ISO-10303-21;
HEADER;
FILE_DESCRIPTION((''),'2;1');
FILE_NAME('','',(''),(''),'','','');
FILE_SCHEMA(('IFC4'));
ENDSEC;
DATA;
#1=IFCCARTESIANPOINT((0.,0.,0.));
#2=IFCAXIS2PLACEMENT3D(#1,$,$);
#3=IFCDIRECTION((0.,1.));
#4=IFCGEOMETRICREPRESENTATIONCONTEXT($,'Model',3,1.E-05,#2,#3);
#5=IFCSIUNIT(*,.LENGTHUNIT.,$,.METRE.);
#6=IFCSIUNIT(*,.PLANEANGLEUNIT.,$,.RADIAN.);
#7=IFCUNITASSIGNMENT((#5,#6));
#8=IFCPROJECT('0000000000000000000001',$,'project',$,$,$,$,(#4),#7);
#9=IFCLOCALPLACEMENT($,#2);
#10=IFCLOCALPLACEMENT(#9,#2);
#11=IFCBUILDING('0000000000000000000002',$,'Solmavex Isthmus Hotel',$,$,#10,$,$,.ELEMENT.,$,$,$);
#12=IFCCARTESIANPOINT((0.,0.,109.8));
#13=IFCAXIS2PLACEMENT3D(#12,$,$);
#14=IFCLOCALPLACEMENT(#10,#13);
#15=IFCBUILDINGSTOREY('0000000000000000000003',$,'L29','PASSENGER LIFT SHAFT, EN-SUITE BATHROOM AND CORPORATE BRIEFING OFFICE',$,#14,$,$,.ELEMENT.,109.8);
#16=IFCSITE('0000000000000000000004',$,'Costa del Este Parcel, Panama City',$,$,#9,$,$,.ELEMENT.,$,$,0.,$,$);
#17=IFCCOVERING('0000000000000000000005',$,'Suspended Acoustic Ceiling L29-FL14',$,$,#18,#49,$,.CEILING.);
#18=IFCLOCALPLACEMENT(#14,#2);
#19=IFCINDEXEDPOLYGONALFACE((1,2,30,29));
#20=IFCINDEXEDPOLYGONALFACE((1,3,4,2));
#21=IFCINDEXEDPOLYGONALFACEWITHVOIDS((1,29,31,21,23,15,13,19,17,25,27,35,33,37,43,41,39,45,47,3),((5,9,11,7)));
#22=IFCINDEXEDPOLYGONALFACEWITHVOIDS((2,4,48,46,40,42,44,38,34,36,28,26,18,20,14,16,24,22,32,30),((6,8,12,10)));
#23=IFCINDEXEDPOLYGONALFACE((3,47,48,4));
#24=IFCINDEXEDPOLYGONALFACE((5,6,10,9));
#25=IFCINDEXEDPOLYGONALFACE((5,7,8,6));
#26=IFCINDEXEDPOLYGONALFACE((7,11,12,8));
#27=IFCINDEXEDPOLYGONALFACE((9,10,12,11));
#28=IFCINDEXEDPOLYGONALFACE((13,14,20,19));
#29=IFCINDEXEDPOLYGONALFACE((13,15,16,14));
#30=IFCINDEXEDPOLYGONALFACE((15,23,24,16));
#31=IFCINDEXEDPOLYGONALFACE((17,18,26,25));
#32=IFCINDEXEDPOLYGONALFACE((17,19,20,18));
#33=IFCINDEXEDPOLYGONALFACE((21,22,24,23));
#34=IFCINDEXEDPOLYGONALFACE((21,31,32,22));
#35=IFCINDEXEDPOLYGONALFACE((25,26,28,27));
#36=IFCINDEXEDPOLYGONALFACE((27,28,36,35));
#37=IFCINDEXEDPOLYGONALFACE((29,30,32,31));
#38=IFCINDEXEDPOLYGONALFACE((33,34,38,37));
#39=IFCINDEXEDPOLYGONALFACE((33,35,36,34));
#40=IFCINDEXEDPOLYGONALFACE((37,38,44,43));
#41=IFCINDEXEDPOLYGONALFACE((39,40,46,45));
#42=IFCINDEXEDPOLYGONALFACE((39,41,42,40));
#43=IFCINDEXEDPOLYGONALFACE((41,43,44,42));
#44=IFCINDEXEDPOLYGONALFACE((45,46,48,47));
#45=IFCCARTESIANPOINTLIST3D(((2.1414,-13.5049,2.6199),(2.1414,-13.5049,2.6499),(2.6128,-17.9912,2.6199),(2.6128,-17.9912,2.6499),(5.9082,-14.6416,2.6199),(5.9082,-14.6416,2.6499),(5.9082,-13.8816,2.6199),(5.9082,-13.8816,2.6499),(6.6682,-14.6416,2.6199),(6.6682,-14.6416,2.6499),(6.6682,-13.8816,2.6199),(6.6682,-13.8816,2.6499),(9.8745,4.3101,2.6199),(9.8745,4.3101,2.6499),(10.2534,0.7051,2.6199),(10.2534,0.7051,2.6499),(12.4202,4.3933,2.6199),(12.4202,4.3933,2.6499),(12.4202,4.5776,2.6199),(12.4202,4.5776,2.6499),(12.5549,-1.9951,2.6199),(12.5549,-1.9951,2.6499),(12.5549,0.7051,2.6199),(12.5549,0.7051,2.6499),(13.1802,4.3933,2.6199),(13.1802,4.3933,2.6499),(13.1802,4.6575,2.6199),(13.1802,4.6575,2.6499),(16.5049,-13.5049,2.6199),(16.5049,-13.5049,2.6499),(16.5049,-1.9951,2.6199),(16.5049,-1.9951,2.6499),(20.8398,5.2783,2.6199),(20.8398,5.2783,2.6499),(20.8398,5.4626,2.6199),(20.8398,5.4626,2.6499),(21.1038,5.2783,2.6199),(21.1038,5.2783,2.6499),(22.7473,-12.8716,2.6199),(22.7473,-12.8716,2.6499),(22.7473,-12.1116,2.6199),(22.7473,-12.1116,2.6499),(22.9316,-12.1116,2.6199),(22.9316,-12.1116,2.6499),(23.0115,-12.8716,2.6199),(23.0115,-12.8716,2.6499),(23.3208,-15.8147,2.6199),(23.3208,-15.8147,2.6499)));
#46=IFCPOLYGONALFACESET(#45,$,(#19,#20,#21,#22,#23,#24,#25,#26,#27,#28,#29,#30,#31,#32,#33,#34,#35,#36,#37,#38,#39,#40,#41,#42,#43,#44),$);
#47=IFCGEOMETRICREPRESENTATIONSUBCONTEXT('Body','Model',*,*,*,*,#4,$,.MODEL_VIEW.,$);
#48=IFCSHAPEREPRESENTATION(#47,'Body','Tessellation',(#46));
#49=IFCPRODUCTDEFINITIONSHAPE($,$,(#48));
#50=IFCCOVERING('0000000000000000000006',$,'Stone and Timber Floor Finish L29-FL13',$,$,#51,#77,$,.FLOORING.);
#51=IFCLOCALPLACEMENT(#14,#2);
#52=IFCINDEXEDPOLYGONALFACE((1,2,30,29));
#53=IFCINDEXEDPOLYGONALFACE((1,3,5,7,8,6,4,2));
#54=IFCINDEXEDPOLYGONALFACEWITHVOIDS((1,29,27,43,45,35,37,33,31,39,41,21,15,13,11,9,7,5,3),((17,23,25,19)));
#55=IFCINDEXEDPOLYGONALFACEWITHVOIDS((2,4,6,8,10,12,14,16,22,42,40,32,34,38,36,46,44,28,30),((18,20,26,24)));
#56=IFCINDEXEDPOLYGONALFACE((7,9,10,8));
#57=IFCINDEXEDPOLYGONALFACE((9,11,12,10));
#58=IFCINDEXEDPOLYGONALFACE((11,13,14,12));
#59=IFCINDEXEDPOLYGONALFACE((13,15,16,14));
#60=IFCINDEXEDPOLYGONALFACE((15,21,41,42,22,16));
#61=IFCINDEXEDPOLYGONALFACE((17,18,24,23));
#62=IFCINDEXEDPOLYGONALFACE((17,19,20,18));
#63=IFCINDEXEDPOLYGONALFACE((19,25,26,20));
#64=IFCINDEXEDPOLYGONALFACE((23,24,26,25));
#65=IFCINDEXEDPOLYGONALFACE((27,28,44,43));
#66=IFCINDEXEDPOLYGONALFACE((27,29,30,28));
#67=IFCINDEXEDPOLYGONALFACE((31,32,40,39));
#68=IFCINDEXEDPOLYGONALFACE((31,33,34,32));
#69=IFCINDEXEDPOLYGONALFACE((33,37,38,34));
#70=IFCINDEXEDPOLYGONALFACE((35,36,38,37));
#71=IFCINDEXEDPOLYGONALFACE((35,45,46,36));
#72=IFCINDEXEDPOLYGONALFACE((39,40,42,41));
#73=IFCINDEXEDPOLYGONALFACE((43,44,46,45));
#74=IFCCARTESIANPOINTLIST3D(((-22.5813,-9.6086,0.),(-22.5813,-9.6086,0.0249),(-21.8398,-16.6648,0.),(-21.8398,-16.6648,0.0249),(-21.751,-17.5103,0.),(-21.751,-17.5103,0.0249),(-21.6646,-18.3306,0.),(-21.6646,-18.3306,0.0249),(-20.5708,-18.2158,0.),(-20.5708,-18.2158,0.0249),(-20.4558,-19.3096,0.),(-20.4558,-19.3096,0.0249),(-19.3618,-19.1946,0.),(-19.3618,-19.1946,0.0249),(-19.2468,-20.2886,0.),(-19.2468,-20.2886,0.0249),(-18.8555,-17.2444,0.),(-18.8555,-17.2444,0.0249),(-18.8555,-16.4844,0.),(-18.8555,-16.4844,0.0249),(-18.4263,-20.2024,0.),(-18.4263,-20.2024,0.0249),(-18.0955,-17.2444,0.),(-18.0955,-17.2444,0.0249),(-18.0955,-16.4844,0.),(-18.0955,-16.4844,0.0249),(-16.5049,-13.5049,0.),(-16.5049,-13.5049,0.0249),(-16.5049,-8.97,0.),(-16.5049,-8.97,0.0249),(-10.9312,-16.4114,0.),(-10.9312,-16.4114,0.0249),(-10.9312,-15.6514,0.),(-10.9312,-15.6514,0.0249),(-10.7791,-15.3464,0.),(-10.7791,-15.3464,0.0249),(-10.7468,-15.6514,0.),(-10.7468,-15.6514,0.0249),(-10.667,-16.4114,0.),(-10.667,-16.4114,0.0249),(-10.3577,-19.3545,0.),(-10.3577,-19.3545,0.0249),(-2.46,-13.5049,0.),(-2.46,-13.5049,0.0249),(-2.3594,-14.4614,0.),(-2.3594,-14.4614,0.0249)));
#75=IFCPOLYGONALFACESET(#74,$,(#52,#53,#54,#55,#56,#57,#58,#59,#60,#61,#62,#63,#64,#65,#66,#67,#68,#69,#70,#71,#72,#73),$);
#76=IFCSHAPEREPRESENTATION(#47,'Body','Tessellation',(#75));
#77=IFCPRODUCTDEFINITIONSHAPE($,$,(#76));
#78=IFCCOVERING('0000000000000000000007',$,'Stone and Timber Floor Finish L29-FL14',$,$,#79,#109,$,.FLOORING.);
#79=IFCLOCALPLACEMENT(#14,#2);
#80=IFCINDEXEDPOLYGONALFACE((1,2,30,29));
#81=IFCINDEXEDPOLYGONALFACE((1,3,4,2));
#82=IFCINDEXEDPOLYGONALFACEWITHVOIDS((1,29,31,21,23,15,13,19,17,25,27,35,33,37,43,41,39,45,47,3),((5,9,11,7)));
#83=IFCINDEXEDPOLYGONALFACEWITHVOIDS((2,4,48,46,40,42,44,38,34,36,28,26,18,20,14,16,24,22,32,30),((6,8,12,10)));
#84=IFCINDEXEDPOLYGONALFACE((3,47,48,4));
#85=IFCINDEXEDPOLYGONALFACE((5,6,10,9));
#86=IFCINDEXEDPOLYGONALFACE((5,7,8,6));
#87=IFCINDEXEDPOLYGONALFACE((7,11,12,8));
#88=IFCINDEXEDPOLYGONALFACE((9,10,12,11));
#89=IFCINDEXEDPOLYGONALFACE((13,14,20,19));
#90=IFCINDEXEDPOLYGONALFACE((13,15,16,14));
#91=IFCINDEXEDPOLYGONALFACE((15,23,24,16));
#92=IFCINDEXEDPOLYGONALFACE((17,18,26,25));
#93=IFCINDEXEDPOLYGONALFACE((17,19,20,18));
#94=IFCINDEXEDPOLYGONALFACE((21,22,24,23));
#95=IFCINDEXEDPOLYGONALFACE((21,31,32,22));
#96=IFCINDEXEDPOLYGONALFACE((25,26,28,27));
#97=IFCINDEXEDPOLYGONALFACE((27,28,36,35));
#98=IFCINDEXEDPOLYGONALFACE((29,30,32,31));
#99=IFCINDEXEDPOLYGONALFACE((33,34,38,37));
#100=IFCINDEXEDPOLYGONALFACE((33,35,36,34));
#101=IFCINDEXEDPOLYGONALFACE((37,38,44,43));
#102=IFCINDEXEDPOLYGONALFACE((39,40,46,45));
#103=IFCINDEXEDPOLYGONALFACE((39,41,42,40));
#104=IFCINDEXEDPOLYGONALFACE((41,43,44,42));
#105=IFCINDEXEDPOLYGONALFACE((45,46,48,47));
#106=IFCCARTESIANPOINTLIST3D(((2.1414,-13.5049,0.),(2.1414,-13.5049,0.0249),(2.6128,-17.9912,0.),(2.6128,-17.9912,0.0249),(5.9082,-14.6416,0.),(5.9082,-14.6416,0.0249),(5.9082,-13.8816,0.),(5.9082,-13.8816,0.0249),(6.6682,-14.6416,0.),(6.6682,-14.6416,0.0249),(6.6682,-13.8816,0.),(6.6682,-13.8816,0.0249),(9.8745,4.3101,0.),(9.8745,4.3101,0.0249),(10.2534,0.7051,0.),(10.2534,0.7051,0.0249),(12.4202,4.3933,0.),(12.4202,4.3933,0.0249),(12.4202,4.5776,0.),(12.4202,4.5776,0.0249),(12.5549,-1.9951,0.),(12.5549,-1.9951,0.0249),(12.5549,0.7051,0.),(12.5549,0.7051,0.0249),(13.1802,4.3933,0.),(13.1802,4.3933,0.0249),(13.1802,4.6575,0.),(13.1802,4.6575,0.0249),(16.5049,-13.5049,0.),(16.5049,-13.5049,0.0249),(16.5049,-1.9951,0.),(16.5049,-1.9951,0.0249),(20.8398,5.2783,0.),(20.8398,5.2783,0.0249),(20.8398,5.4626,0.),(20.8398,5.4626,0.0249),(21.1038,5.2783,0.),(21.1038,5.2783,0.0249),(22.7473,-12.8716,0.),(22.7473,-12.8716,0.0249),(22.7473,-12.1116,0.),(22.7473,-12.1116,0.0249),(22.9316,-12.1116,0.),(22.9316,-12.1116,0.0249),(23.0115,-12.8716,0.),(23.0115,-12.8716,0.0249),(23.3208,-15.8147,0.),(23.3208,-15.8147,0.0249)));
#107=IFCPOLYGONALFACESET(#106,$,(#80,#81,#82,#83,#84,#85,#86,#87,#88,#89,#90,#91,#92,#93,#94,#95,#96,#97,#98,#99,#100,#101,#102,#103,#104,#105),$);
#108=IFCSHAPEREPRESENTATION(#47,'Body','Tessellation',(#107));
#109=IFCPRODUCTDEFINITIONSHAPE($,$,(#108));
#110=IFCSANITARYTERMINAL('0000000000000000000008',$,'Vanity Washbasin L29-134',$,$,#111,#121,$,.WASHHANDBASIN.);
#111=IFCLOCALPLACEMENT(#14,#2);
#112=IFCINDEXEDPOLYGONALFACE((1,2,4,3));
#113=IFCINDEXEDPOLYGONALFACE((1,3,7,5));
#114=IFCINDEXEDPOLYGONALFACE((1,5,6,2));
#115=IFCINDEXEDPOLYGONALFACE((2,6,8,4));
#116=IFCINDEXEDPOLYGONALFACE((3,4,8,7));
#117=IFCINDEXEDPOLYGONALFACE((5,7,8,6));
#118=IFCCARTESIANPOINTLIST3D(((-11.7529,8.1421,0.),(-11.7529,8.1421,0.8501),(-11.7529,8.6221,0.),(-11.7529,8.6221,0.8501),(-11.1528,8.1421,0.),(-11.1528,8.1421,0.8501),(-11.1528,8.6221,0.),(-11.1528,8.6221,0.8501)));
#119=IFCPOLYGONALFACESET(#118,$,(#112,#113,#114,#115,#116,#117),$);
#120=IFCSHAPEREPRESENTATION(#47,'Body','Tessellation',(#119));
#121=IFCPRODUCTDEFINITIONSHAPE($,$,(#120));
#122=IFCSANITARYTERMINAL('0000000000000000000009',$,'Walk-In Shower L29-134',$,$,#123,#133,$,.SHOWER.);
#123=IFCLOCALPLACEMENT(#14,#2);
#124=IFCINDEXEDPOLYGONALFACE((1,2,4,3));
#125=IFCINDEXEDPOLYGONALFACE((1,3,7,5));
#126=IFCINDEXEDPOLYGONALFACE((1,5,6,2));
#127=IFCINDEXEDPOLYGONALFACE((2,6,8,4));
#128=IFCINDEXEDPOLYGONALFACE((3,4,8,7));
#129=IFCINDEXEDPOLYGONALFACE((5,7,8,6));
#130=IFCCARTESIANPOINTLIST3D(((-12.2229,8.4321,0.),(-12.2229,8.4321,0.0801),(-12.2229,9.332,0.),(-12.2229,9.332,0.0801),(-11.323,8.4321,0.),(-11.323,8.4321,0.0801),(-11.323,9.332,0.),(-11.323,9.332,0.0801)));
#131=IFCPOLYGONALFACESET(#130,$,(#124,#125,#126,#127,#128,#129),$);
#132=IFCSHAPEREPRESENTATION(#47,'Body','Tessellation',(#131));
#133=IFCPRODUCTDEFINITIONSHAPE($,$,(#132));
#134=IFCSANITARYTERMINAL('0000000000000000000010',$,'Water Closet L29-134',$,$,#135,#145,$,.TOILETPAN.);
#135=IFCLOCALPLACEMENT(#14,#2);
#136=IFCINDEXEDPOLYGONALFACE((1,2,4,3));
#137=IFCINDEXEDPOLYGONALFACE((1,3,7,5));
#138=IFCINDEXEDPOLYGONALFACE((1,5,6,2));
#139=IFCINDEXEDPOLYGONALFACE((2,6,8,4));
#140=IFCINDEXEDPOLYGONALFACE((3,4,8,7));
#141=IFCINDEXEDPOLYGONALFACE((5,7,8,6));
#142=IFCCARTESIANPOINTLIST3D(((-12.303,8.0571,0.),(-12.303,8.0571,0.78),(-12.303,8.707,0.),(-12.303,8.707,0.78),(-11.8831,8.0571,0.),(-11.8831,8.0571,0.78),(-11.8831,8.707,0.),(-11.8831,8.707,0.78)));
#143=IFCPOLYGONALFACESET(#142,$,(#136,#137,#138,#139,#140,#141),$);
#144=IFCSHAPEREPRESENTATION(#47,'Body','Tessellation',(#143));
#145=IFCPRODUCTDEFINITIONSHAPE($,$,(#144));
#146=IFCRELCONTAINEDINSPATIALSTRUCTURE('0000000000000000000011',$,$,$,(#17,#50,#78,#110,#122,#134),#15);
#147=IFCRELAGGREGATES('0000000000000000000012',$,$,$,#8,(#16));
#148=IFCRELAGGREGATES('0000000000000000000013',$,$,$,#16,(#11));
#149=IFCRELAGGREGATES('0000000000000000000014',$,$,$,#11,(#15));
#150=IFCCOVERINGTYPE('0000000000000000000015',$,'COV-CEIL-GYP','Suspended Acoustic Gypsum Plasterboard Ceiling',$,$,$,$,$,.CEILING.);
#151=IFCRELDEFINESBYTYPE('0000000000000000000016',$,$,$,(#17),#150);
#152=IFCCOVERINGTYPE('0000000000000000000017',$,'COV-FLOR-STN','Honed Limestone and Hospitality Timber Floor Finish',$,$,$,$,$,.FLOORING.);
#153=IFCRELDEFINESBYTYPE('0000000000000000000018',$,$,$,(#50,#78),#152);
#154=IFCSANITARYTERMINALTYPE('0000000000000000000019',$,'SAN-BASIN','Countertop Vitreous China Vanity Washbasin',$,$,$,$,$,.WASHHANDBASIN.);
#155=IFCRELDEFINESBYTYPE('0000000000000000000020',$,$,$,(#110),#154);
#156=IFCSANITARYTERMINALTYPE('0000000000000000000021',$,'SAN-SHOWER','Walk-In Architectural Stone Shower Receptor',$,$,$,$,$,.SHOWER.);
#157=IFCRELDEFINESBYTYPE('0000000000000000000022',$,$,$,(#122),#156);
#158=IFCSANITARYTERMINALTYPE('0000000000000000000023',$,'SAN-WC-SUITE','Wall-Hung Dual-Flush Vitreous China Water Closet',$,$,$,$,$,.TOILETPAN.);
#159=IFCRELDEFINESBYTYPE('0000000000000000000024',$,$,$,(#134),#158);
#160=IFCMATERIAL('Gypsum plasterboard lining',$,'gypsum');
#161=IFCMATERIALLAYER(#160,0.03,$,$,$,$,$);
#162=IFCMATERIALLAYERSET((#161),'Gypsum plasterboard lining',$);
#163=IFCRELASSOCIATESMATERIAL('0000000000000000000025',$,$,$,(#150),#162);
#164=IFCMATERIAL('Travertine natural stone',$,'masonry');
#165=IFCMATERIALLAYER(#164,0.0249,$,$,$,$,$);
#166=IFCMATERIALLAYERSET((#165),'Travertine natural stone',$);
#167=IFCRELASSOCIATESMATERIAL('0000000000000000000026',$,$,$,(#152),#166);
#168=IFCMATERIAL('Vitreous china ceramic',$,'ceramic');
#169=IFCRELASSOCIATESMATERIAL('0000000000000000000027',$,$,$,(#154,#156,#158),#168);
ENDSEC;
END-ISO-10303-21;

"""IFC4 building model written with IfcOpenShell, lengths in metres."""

from ifc_helpers import new_model, si_unit, direction, frame, origin, origin_2d, place, context, subcontext, project, spatial, polyline, rectangle, outline, extrude, material, layer, layer_set, type_object, element, save


model = new_model("IFC4")

# Units and contexts
model_context = context("Model", 3, precision=1e-05, world=origin(), true_north=direction((0.0, 1.0)))
body_context = subcontext(model_context, "Body", "Model", "MODEL_VIEW")
ifc_project = project(units=[si_unit("LENGTHUNIT", "METRE"), si_unit("PLANEANGLEUNIT", "RADIAN")], contexts=[model_context])

# Site, building, storey
site_placement = place(None, origin())
site = spatial("IfcSite", under=ifc_project, at=site_placement, Name="Costa del Este Parcel, Panama City", CompositionType="ELEMENT", RefElevation=0.0)
building_placement = place(site_placement, origin())
building = spatial("IfcBuilding", under=site, at=building_placement, Name="Solmavex Isthmus Hotel", CompositionType="ELEMENT")
storey_placement = place(building_placement, frame((0.0, 0.0, 109.8)))
storey = spatial("IfcBuildingStorey", under=building, at=storey_placement, Name="L29", Description="PASSENGER LIFT SHAFT, EN-SUITE BATHROOM AND CORPORATE BRIEFING OFFICE", CompositionType="ELEMENT", Elevation=109.8)

# Shared definitions
ifc_material_1 = material(Name="Gypsum plasterboard lining", Category="gypsum")

# Coverings
ifc_layer_1 = layer(ifc_material_1, 0.03)
ifc_layer_set_1 = layer_set([ifc_layer_1], Name="Gypsum plasterboard lining")
covering_type_1 = type_object("IfcCoveringType", Name="COV-CEIL-GYP", Description="Suspended Acoustic Gypsum Plasterboard Ceiling", PredefinedType="CEILING", material=ifc_layer_set_1)
covering_1_placement = place(storey_placement, frame((0.0, 0.0, 2.6199)))
element("IfcCovering", 1, at=covering_1_placement, inside=storey, type_object=covering_type_1, Name="Suspended Acoustic Ceiling L29-FL14", PredefinedType="CEILING", context=body_context, shape_type="SweptSolid", body=[
    extrude(outline(polyline([(13.1802, 4.6575), (13.1802, 4.3933), (12.4202, 4.3933), (12.4202, 4.5776), (9.8745, 4.3101), (10.2534, 0.7051), (12.5549, 0.7051), (12.5549, -1.9951), (16.5049, -1.9951), (16.5049, -13.5049), (2.1414, -13.5049), (2.6128, -17.9912), (23.3208, -15.8147), (23.0115, -12.8716), (22.7473, -12.8716), (22.7473, -12.1116), (22.9316, -12.1116), (21.1038, 5.2783), (20.8398, 5.2783), (20.8398, 5.4626), (13.1802, 4.6575)]), holes=[polyline([(5.9082, -14.6416), (5.9082, -13.8816), (6.6682, -13.8816), (6.6682, -14.6416), (5.9082, -14.6416)])]), origin(), (0.0, 0.0, 1.0), 0.03),
])
ifc_material_2 = material(Name="Travertine natural stone", Category="masonry")
ifc_layer_2 = layer(ifc_material_2, 0.0249)
ifc_layer_set_2 = layer_set([ifc_layer_2], Name="Travertine natural stone")
covering_type_2 = type_object("IfcCoveringType", Name="COV-FLOR-STN", Description="Honed Limestone and Hospitality Timber Floor Finish", PredefinedType="FLOORING", material=ifc_layer_set_2)
covering_2_placement = place(storey_placement, origin())
element("IfcCovering", 2, at=covering_2_placement, inside=storey, type_object=covering_type_2, Name="Stone and Timber Floor Finish L29-FL13", PredefinedType="FLOORING", context=body_context, shape_type="SweptSolid", body=[
    extrude(outline(polyline([(-10.667, -16.4114), (-10.9312, -16.4114), (-10.9312, -15.6514), (-10.7468, -15.6514), (-10.7791, -15.3464), (-2.3594, -14.4614), (-2.46, -13.5049), (-16.5049, -13.5049), (-16.5049, -8.97), (-22.5813, -9.6086), (-21.8398, -16.6648), (-21.751, -17.5103), (-21.6646, -18.3306), (-20.5708, -18.2158), (-20.4558, -19.3096), (-19.3618, -19.1946), (-19.2468, -20.2886), (-18.4263, -20.2024), (-10.3577, -19.3545), (-10.667, -16.4114)]), holes=[polyline([(-18.8555, -17.2444), (-18.8555, -16.4844), (-18.0955, -16.4844), (-18.0955, -17.2444), (-18.8555, -17.2444)])]), origin(), (0.0, 0.0, 1.0), 0.0249),
])
covering_3_placement = place(storey_placement, origin())
element("IfcCovering", 3, at=covering_3_placement, inside=storey, type_object=covering_type_2, Name="Stone and Timber Floor Finish L29-FL14", PredefinedType="FLOORING", context=body_context, shape_type="SweptSolid", body=[
    extrude(outline(polyline([(13.1802, 4.6575), (13.1802, 4.3933), (12.4202, 4.3933), (12.4202, 4.5776), (9.8745, 4.3101), (10.2534, 0.7051), (12.5549, 0.7051), (12.5549, -1.9951), (16.5049, -1.9951), (16.5049, -13.5049), (2.1414, -13.5049), (2.6128, -17.9912), (23.3208, -15.8147), (23.0115, -12.8716), (22.7473, -12.8716), (22.7473, -12.1116), (22.9316, -12.1116), (21.1038, 5.2783), (20.8398, 5.2783), (20.8398, 5.4626), (13.1802, 4.6575)]), holes=[polyline([(5.9082, -14.6416), (5.9082, -13.8816), (6.6682, -13.8816), (6.6682, -14.6416), (5.9082, -14.6416)])]), origin(), (0.0, 0.0, 1.0), 0.0249),
])

# Sanitary terminals
ifc_material_3 = material(Name="Vitreous china ceramic", Category="ceramic")
sanitary_terminal_type_1 = type_object("IfcSanitaryTerminalType", Name="SAN-BASIN", Description="Countertop Vitreous China Vanity Washbasin", PredefinedType="WASHHANDBASIN", material=ifc_material_3)
sanitary_terminal_1_placement = place(storey_placement, frame((-11.4529, 8.3821, 0.0), z_axis=(0.0, 0.0, 1.0), x_axis=(1.0, 0.0, 0.0)))
element("IfcSanitaryTerminal", 4, at=sanitary_terminal_1_placement, inside=storey, type_object=sanitary_terminal_type_1, Name="Vanity Washbasin L29-134", PredefinedType="WASHHANDBASIN", context=body_context, shape_type="SweptSolid", body=[
    extrude(rectangle(XDim=0.6001, YDim=0.48, at=origin_2d()), origin(), (0.0, 0.0, 1.0), 0.8501),
])
sanitary_terminal_type_2 = type_object("IfcSanitaryTerminalType", Name="SAN-SHOWER", Description="Walk-In Architectural Stone Shower Receptor", PredefinedType="SHOWER", material=ifc_material_3)
sanitary_terminal_2_placement = place(storey_placement, frame((-11.7729, 8.8821, 0.0), z_axis=(0.0, 0.0, 1.0), x_axis=(1.0, 0.0, 0.0)))
element("IfcSanitaryTerminal", 5, at=sanitary_terminal_2_placement, inside=storey, type_object=sanitary_terminal_type_2, Name="Walk-In Shower L29-134", PredefinedType="SHOWER", context=body_context, shape_type="SweptSolid", body=[
    extrude(rectangle(XDim=0.8999, YDim=0.8999, at=origin_2d()), origin(), (0.0, 0.0, 1.0), 0.0801),
])
sanitary_terminal_type_3 = type_object("IfcSanitaryTerminalType", Name="SAN-WC-SUITE", Description="Wall-Hung Dual-Flush Vitreous China Water Closet", PredefinedType="TOILETPAN", material=ifc_material_3)
sanitary_terminal_3_placement = place(storey_placement, frame((-12.093, 8.3821, 0.0), z_axis=(0.0, 0.0, 1.0), x_axis=(1.0, 0.0, 0.0)))
element("IfcSanitaryTerminal", 6, at=sanitary_terminal_3_placement, inside=storey, type_object=sanitary_terminal_type_3, Name="Water Closet L29-134", PredefinedType="TOILETPAN", context=body_context, shape_type="SweptSolid", body=[
    extrude(rectangle(XDim=0.4199, YDim=0.6499, at=origin_2d()), origin(), (0.0, 0.0, 1.0), 0.78),
])

save(model, "model.ifc")
